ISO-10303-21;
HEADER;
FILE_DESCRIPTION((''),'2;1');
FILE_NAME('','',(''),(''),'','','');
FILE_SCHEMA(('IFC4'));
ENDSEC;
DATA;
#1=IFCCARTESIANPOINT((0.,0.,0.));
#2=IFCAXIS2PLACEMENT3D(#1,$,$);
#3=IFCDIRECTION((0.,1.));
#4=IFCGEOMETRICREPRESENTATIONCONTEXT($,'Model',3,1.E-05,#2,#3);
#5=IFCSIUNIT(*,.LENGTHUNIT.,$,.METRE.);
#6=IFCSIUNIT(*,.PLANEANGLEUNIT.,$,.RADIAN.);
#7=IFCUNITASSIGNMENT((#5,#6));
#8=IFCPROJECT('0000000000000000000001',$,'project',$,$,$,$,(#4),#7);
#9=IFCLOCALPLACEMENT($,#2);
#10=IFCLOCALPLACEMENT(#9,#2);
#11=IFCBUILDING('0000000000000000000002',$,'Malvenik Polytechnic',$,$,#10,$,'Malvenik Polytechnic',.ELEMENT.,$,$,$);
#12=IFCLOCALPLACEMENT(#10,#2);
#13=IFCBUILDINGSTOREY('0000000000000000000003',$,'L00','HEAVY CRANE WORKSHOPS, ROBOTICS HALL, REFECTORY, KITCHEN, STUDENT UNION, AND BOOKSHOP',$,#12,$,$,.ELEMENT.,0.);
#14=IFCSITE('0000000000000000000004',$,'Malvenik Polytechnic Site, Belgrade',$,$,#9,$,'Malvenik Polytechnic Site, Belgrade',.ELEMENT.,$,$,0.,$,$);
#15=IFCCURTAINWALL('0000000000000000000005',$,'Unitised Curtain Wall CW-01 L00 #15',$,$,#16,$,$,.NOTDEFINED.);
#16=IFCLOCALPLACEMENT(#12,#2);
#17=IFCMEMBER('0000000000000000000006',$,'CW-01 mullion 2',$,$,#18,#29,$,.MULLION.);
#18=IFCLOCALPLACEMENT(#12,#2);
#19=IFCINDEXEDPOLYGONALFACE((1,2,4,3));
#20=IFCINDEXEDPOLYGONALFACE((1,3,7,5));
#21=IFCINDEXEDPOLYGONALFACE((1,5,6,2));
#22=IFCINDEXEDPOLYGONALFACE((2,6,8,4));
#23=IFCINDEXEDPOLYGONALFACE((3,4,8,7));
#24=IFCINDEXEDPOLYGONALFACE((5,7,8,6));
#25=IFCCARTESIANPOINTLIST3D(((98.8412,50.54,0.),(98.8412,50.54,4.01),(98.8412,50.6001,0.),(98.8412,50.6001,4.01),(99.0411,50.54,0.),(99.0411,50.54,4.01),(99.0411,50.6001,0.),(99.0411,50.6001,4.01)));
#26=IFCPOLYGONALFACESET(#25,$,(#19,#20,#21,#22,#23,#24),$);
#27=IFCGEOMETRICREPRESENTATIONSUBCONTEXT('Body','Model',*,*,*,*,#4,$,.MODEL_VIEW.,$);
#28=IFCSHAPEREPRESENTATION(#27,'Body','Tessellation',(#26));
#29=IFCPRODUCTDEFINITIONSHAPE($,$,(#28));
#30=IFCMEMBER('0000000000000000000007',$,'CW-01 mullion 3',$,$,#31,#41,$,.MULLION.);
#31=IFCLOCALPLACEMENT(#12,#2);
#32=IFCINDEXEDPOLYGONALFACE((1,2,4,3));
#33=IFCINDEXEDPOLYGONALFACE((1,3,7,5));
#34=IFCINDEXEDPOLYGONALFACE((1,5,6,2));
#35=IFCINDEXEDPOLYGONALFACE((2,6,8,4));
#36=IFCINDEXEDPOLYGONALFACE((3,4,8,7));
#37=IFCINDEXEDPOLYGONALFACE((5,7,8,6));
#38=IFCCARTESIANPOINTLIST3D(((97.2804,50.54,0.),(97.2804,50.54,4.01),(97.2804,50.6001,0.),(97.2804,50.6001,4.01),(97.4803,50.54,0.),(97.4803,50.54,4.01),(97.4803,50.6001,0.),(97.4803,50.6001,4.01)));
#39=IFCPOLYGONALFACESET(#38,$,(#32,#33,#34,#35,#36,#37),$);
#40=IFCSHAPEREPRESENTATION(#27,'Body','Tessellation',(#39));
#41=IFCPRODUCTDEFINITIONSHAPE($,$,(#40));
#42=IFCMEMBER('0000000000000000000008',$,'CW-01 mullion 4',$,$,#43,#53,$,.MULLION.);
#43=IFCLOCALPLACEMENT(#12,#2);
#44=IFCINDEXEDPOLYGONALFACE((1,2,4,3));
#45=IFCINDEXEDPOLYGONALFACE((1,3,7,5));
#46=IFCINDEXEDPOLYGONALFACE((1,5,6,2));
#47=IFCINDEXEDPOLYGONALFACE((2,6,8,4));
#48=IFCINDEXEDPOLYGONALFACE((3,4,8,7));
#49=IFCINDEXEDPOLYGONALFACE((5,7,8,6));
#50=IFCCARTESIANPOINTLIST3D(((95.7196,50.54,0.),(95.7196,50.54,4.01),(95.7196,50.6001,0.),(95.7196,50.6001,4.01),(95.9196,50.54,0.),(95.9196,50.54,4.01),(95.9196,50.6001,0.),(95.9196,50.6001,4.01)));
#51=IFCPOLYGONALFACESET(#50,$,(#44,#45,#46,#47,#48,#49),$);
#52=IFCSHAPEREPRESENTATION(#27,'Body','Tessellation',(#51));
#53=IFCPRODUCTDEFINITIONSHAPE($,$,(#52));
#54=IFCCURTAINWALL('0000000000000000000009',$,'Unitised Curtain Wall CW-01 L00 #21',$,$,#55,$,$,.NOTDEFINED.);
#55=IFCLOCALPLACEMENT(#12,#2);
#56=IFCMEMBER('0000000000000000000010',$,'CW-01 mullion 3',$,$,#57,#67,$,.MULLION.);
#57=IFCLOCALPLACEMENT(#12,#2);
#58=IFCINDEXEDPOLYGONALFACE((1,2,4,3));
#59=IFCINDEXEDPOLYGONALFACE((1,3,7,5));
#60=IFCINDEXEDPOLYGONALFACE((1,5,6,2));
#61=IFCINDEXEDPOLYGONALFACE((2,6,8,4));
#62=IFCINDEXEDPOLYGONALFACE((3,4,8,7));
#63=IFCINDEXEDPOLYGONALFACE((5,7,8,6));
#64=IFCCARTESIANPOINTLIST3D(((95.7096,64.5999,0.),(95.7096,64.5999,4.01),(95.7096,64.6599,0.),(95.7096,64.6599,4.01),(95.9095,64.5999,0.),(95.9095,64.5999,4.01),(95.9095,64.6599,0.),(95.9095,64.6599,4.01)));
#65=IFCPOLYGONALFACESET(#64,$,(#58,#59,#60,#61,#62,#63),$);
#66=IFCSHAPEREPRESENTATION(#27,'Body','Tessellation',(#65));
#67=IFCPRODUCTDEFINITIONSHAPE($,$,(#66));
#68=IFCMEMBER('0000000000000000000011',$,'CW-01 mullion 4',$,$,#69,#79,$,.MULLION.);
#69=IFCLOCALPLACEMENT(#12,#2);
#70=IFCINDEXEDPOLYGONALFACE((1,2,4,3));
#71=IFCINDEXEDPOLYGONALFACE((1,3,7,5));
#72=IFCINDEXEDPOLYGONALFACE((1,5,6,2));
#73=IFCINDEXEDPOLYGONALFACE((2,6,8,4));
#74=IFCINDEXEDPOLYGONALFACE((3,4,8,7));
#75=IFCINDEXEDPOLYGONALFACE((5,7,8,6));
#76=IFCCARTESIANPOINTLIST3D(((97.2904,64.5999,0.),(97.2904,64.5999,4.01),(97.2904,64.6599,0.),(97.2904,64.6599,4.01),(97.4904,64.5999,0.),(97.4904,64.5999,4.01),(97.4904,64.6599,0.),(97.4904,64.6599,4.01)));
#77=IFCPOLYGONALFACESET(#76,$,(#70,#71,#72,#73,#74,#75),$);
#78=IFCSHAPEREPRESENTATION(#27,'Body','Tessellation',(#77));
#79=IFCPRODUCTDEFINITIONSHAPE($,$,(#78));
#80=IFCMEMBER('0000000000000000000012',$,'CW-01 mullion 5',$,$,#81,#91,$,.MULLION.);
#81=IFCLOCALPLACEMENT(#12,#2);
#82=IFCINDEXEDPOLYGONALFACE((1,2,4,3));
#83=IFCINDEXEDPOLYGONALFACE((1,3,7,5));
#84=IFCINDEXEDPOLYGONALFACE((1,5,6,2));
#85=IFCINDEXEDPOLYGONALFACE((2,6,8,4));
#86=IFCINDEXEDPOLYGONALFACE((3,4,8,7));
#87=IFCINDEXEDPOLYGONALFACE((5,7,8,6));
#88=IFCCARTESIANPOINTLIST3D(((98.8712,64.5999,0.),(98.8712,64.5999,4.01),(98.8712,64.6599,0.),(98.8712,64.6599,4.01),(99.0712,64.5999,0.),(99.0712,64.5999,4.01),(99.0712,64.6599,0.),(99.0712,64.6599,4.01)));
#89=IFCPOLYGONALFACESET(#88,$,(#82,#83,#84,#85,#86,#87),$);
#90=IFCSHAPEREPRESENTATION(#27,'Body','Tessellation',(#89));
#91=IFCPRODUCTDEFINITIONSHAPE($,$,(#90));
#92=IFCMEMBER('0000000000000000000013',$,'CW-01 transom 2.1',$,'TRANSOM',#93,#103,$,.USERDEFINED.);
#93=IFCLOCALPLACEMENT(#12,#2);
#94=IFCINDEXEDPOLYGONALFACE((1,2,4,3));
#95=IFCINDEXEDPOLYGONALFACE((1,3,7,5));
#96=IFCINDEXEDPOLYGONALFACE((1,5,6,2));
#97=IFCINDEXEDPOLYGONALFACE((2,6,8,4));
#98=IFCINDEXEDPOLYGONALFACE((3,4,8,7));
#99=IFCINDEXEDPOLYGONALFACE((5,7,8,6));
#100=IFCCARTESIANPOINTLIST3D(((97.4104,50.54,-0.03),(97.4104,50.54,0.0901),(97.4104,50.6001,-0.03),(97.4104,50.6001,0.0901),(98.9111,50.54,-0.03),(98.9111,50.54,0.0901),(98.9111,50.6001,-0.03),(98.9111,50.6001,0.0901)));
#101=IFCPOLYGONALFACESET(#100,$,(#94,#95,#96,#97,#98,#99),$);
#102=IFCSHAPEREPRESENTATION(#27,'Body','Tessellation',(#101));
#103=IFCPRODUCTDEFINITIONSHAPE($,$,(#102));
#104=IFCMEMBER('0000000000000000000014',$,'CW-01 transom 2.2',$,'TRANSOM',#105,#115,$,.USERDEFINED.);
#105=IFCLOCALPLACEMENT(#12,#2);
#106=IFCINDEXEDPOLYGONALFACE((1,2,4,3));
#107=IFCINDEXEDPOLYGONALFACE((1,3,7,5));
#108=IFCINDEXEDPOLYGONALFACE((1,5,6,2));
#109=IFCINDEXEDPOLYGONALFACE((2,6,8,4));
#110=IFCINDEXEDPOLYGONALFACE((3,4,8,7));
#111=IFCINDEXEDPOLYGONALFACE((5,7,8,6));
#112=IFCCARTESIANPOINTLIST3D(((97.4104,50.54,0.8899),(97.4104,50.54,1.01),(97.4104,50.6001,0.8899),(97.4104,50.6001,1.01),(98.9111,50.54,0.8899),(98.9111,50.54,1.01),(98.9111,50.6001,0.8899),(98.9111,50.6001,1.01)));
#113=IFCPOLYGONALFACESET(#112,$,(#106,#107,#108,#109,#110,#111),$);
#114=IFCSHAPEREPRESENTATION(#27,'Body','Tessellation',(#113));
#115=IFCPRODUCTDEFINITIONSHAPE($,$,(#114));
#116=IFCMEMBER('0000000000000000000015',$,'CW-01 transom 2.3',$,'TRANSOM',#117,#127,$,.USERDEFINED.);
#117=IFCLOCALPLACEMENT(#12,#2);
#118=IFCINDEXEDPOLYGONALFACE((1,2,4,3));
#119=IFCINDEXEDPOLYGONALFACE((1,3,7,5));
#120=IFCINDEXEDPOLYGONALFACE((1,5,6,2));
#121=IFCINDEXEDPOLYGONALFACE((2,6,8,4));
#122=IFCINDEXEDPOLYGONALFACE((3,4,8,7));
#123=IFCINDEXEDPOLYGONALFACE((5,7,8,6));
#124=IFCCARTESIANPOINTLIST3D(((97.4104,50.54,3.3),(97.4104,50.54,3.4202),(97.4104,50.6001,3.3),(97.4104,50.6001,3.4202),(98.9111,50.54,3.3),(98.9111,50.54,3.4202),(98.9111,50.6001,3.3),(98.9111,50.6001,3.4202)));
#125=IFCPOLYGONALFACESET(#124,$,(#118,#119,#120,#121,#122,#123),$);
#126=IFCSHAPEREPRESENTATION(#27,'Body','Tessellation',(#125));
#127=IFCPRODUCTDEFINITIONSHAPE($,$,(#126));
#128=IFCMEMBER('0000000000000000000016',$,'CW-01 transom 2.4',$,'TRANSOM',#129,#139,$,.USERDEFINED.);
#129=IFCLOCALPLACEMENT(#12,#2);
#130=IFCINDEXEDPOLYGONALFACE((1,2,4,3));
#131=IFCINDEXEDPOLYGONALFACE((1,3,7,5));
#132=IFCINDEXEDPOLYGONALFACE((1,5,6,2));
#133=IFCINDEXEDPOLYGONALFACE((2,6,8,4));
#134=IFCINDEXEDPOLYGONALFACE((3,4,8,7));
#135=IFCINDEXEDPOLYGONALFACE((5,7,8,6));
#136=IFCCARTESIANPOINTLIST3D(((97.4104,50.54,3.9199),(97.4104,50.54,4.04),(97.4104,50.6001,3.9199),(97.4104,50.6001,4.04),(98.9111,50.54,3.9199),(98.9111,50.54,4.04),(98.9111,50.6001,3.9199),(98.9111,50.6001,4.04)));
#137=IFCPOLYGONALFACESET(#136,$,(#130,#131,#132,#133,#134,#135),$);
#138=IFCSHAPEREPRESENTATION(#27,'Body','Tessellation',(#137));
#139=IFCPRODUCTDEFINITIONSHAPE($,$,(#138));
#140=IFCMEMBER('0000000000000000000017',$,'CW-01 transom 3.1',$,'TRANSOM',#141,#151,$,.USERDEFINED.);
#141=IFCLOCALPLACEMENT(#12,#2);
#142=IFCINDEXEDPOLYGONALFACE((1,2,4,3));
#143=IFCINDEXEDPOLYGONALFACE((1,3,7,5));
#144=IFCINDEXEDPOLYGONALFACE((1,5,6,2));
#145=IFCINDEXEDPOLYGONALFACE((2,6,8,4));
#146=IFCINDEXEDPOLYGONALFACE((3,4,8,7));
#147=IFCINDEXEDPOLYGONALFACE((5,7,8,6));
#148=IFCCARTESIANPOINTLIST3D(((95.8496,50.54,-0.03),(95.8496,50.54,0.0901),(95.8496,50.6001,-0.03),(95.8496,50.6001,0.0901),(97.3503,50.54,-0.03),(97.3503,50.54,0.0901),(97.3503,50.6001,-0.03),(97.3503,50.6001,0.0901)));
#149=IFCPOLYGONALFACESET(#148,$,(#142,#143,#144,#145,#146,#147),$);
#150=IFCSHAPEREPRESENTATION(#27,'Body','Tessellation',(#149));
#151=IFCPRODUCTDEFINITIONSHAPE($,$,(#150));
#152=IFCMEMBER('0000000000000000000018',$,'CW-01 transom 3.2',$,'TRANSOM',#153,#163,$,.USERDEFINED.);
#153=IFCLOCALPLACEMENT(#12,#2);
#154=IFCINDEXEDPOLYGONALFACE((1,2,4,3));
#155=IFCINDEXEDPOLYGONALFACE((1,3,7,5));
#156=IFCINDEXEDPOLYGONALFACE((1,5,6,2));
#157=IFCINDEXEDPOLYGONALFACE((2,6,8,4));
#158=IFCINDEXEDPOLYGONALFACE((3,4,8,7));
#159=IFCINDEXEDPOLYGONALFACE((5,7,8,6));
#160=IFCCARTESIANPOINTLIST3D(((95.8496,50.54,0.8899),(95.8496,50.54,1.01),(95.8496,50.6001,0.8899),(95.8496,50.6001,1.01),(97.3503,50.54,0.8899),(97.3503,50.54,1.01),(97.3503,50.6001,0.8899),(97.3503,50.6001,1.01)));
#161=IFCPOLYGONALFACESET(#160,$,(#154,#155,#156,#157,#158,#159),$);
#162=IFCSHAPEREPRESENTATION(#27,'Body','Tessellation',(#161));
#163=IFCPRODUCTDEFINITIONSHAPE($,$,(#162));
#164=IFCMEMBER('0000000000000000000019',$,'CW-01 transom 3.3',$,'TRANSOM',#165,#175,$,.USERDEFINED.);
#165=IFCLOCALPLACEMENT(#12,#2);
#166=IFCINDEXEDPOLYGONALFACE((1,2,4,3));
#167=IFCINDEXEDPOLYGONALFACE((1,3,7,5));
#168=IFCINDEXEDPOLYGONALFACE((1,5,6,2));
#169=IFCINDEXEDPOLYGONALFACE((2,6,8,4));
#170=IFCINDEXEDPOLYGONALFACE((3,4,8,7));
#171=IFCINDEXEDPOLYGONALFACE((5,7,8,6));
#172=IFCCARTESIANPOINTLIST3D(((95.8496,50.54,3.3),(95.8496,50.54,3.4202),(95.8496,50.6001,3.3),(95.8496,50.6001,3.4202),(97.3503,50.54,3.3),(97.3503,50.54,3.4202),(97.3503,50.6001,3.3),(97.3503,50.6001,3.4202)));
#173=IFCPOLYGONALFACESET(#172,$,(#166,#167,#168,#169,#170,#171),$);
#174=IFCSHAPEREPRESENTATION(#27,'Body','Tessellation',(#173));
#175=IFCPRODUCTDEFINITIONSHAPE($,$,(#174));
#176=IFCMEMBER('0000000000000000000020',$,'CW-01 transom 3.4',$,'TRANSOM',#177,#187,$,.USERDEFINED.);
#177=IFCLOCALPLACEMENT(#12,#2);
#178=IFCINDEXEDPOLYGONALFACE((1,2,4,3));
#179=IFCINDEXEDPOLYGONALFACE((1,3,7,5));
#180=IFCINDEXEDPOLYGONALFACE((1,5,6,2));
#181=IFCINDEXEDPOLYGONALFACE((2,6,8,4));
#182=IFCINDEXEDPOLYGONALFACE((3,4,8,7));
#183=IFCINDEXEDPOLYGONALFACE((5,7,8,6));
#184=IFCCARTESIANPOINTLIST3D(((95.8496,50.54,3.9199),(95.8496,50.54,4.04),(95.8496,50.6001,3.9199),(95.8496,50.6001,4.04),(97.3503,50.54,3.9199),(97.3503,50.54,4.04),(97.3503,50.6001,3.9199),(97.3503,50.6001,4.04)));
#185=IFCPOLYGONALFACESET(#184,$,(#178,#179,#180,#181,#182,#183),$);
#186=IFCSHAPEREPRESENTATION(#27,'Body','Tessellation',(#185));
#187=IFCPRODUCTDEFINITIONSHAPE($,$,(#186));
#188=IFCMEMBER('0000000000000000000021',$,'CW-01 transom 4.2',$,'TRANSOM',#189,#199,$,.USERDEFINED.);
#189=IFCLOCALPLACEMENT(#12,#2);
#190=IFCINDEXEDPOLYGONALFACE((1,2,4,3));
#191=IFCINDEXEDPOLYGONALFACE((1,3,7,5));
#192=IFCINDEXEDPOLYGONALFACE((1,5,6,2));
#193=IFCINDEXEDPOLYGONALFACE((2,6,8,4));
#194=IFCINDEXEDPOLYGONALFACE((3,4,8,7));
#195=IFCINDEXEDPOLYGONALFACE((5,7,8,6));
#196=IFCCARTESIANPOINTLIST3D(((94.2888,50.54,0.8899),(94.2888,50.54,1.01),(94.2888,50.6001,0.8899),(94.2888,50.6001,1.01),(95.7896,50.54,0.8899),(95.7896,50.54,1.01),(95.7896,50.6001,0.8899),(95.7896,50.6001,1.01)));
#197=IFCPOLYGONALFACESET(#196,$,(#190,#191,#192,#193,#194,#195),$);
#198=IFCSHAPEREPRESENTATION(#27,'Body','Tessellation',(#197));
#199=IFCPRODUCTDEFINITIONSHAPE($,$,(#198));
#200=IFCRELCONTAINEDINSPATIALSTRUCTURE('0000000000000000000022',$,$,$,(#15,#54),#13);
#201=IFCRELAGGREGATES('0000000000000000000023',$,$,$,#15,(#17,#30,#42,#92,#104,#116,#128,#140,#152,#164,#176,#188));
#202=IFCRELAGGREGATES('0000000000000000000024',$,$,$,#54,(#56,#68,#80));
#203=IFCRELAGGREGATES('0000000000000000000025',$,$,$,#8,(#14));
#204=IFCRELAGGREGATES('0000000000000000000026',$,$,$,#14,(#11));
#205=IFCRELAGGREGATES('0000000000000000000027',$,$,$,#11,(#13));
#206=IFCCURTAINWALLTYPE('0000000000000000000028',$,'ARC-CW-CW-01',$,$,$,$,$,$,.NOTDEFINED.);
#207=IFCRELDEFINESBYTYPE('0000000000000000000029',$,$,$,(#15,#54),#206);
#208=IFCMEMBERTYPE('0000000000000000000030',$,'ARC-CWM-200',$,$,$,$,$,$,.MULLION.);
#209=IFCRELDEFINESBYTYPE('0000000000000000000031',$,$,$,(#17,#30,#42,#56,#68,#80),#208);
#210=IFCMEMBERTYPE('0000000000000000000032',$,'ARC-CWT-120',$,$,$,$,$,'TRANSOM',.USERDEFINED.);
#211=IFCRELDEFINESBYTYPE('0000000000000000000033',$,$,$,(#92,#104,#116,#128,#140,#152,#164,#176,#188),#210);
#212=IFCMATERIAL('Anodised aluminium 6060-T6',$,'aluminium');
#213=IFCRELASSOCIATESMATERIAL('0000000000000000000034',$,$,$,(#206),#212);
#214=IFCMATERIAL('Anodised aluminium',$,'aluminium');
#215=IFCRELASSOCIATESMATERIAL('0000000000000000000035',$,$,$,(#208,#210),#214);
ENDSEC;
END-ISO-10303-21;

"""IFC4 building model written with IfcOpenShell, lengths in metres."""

from ifc_helpers import new_model, si_unit, direction, frame, origin, origin_2d, place, context, subcontext, project, spatial, rectangle, extrude, material, material_profile, profile_set, type_object, element, aggregate, save


model = new_model("IFC4")

# Units and contexts
model_context = context("Model", 3, precision=1e-05, world=origin(), true_north=direction((0.0, 1.0)))
body_context = subcontext(model_context, "Body", "Model", "MODEL_VIEW")
ifc_project = project(units=[si_unit("LENGTHUNIT", "METRE"), si_unit("PLANEANGLEUNIT", "RADIAN")], contexts=[model_context])

# Site, building, storey
site_placement = place(None, origin())
site = spatial("IfcSite", under=ifc_project, at=site_placement, Name="Malvenik Polytechnic Site, Belgrade", LongName="Malvenik Polytechnic Site, Belgrade", CompositionType="ELEMENT", RefElevation=0.0)
building_placement = place(site_placement, origin())
building = spatial("IfcBuilding", under=site, at=building_placement, Name="Malvenik Polytechnic", LongName="Malvenik Polytechnic", CompositionType="ELEMENT")
storey_placement = place(building_placement, origin())
storey = spatial("IfcBuildingStorey", under=building, at=storey_placement, Name="L00", Description="HEAVY CRANE WORKSHOPS, ROBOTICS HALL, REFECTORY, KITCHEN, STUDENT UNION, AND BOOKSHOP", CompositionType="ELEMENT", Elevation=0.0)

# Curtain walls, members
ifc_material_1 = material(Name="Anodised aluminium 6060-T6", Category="aluminium")
curtain_wall_type = type_object("IfcCurtainWallType", Name="ARC-CW-CW-01", PredefinedType="NOTDEFINED", material=ifc_material_1)
curtain_wall_1_placement = place(storey_placement, origin())
curtain_wall_1 = element("IfcCurtainWall", 1, at=curtain_wall_1_placement, inside=storey, type_object=curtain_wall_type, Name="Unitised Curtain Wall CW-01 L00 #15", PredefinedType="NOTDEFINED")
ifc_material_2 = material(Name="Anodised aluminium", Category="aluminium")
ifc_material_profile_1 = material_profile(ifc_material_2, rectangle(XDim=0.0601, YDim=0.2, at=origin_2d()), Name="ALU MULLION 60x200")
ifc_profile_set_1 = profile_set([ifc_material_profile_1], Name="Anodised aluminium")
member_type_1 = type_object("IfcMemberType", Name="ARC-CWM-200", PredefinedType="MULLION", material=ifc_profile_set_1)
member_1_placement = place(storey_placement, frame((98.9412, 50.5701, 0.0), z_axis=(0.0, 0.0, 1.0), x_axis=(0.0, -1.0, 0.0)))
member_1 = element("IfcMember", 2, at=member_1_placement, type_object=member_type_1, Name="CW-01 mullion 2", PredefinedType="MULLION", context=body_context, shape_type="SweptSolid", body=[
    extrude(rectangle(XDim=0.0601, YDim=0.2, at=origin_2d()), origin(), (0.0, 0.0, 1.0), 4.01),
])
member_2_placement = place(storey_placement, frame((97.3804, 50.5701, 0.0), z_axis=(0.0, 0.0, 1.0), x_axis=(0.0, -1.0, 0.0)))
member_2 = element("IfcMember", 3, at=member_2_placement, type_object=member_type_1, Name="CW-01 mullion 3", PredefinedType="MULLION", context=body_context, shape_type="SweptSolid", body=[
    extrude(rectangle(XDim=0.0601, YDim=0.2, at=origin_2d()), origin(), (0.0, 0.0, 1.0), 4.01),
])
member_3_placement = place(storey_placement, frame((95.8196, 50.5701, 0.0), z_axis=(0.0, 0.0, 1.0), x_axis=(0.0, -1.0, 0.0)))
member_3 = element("IfcMember", 4, at=member_3_placement, type_object=member_type_1, Name="CW-01 mullion 4", PredefinedType="MULLION", context=body_context, shape_type="SweptSolid", body=[
    extrude(rectangle(XDim=0.0601, YDim=0.2, at=origin_2d()), origin(), (0.0, 0.0, 1.0), 4.01),
])
curtain_wall_2_placement = place(storey_placement, origin())
curtain_wall_2 = element("IfcCurtainWall", 5, at=curtain_wall_2_placement, inside=storey, type_object=curtain_wall_type, Name="Unitised Curtain Wall CW-01 L00 #21", PredefinedType="NOTDEFINED")
member_4_placement = place(storey_placement, frame((95.8096, 64.6299, 0.0), z_axis=(0.0, 0.0, 1.0), x_axis=(0.0, 1.0, 0.0)))
member_4 = element("IfcMember", 6, at=member_4_placement, type_object=member_type_1, Name="CW-01 mullion 3", PredefinedType="MULLION", context=body_context, shape_type="SweptSolid", body=[
    extrude(rectangle(XDim=0.0601, YDim=0.2, at=origin_2d()), origin(), (0.0, 0.0, 1.0), 4.01),
])
member_5_placement = place(storey_placement, frame((97.3904, 64.6299, 0.0), z_axis=(0.0, 0.0, 1.0), x_axis=(0.0, 1.0, 0.0)))
member_5 = element("IfcMember", 7, at=member_5_placement, type_object=member_type_1, Name="CW-01 mullion 4", PredefinedType="MULLION", context=body_context, shape_type="SweptSolid", body=[
    extrude(rectangle(XDim=0.0601, YDim=0.2, at=origin_2d()), origin(), (0.0, 0.0, 1.0), 4.01),
])
member_6_placement = place(storey_placement, frame((98.9712, 64.6299, 0.0), z_axis=(0.0, 0.0, 1.0), x_axis=(0.0, 1.0, 0.0)))
member_6 = element("IfcMember", 8, at=member_6_placement, type_object=member_type_1, Name="CW-01 mullion 5", PredefinedType="MULLION", context=body_context, shape_type="SweptSolid", body=[
    extrude(rectangle(XDim=0.0601, YDim=0.2, at=origin_2d()), origin(), (0.0, 0.0, 1.0), 4.01),
])

# Members
ifc_material_profile_2 = material_profile(ifc_material_2, rectangle(XDim=0.0601, YDim=0.1201, at=origin_2d()), Name="ALU TRANSOM 60x120")
ifc_profile_set_2 = profile_set([ifc_material_profile_2], Name="Anodised aluminium")
member_type_2 = type_object("IfcMemberType", Name="ARC-CWT-120", ElementType="TRANSOM", PredefinedType="USERDEFINED", material=ifc_profile_set_2)
member_7_placement = place(storey_placement, frame((98.9111, 50.5701, 0.03), z_axis=(-1.0, 0.0, 0.0), x_axis=(0.0, -1.0, 0.0)))
member_7 = element("IfcMember", 9, at=member_7_placement, type_object=member_type_2, Name="CW-01 transom 2.1", ObjectType="TRANSOM", PredefinedType="USERDEFINED", context=body_context, shape_type="SweptSolid", body=[
    extrude(rectangle(XDim=0.0601, YDim=0.1201, at=origin_2d()), origin(), (0.0, 0.0, 1.0), 1.5007),
])
member_8_placement = place(storey_placement, frame((98.9111, 50.5701, 0.95), z_axis=(-1.0, 0.0, 0.0), x_axis=(0.0, -1.0, 0.0)))
member_8 = element("IfcMember", 10, at=member_8_placement, type_object=member_type_2, Name="CW-01 transom 2.2", ObjectType="TRANSOM", PredefinedType="USERDEFINED", context=body_context, shape_type="SweptSolid", body=[
    extrude(rectangle(XDim=0.0601, YDim=0.1201, at=origin_2d()), origin(), (0.0, 0.0, 1.0), 1.5007),
])
member_9_placement = place(storey_placement, frame((98.9111, 50.5701, 3.3601), z_axis=(-1.0, 0.0, 0.0), x_axis=(0.0, -1.0, 0.0)))
member_9 = element("IfcMember", 11, at=member_9_placement, type_object=member_type_2, Name="CW-01 transom 2.3", ObjectType="TRANSOM", PredefinedType="USERDEFINED", context=body_context, shape_type="SweptSolid", body=[
    extrude(rectangle(XDim=0.0601, YDim=0.1201, at=origin_2d()), origin(), (0.0, 0.0, 1.0), 1.5007),
])
member_10_placement = place(storey_placement, frame((98.9111, 50.5701, 3.98), z_axis=(-1.0, 0.0, 0.0), x_axis=(0.0, -1.0, 0.0)))
member_10 = element("IfcMember", 12, at=member_10_placement, type_object=member_type_2, Name="CW-01 transom 2.4", ObjectType="TRANSOM", PredefinedType="USERDEFINED", context=body_context, shape_type="SweptSolid", body=[
    extrude(rectangle(XDim=0.0601, YDim=0.1201, at=origin_2d()), origin(), (0.0, 0.0, 1.0), 1.5007),
])
member_11_placement = place(storey_placement, frame((97.3503, 50.5701, 0.03), z_axis=(-1.0, 0.0, 0.0), x_axis=(0.0, -1.0, 0.0)))
member_11 = element("IfcMember", 13, at=member_11_placement, type_object=member_type_2, Name="CW-01 transom 3.1", ObjectType="TRANSOM", PredefinedType="USERDEFINED", context=body_context, shape_type="SweptSolid", body=[
    extrude(rectangle(XDim=0.0601, YDim=0.1201, at=origin_2d()), origin(), (0.0, 0.0, 1.0), 1.5007),
])
member_12_placement = place(storey_placement, frame((97.3503, 50.5701, 0.95), z_axis=(-1.0, 0.0, 0.0), x_axis=(0.0, -1.0, 0.0)))
member_12 = element("IfcMember", 14, at=member_12_placement, type_object=member_type_2, Name="CW-01 transom 3.2", ObjectType="TRANSOM", PredefinedType="USERDEFINED", context=body_context, shape_type="SweptSolid", body=[
    extrude(rectangle(XDim=0.0601, YDim=0.1201, at=origin_2d()), origin(), (0.0, 0.0, 1.0), 1.5007),
])
member_13_placement = place(storey_placement, frame((97.3503, 50.5701, 3.3601), z_axis=(-1.0, 0.0, 0.0), x_axis=(0.0, -1.0, 0.0)))
member_13 = element("IfcMember", 15, at=member_13_placement, type_object=member_type_2, Name="CW-01 transom 3.3", ObjectType="TRANSOM", PredefinedType="USERDEFINED", context=body_context, shape_type="SweptSolid", body=[
    extrude(rectangle(XDim=0.0601, YDim=0.1201, at=origin_2d()), origin(), (0.0, 0.0, 1.0), 1.5007),
])
member_14_placement = place(storey_placement, frame((97.3503, 50.5701, 3.98), z_axis=(-1.0, 0.0, 0.0), x_axis=(0.0, -1.0, 0.0)))
member_14 = element("IfcMember", 16, at=member_14_placement, type_object=member_type_2, Name="CW-01 transom 3.4", ObjectType="TRANSOM", PredefinedType="USERDEFINED", context=body_context, shape_type="SweptSolid", body=[
    extrude(rectangle(XDim=0.0601, YDim=0.1201, at=origin_2d()), origin(), (0.0, 0.0, 1.0), 1.5007),
])
member_15_placement = place(storey_placement, frame((95.7896, 50.5701, 0.95), z_axis=(-1.0, 0.0, 0.0), x_axis=(0.0, -1.0, 0.0)))
member_15 = element("IfcMember", 17, at=member_15_placement, type_object=member_type_2, Name="CW-01 transom 4.2", ObjectType="TRANSOM", PredefinedType="USERDEFINED", context=body_context, shape_type="SweptSolid", body=[
    extrude(rectangle(XDim=0.0601, YDim=0.1201, at=origin_2d()), origin(), (0.0, 0.0, 1.0), 1.5007),
])

aggregate(curtain_wall_1, [member_1, member_2, member_3, member_7, member_8, member_9, member_10, member_11, member_12, member_13, member_14, member_15])
aggregate(curtain_wall_2, [member_4, member_5, member_6])

save(model, "model.ifc")
